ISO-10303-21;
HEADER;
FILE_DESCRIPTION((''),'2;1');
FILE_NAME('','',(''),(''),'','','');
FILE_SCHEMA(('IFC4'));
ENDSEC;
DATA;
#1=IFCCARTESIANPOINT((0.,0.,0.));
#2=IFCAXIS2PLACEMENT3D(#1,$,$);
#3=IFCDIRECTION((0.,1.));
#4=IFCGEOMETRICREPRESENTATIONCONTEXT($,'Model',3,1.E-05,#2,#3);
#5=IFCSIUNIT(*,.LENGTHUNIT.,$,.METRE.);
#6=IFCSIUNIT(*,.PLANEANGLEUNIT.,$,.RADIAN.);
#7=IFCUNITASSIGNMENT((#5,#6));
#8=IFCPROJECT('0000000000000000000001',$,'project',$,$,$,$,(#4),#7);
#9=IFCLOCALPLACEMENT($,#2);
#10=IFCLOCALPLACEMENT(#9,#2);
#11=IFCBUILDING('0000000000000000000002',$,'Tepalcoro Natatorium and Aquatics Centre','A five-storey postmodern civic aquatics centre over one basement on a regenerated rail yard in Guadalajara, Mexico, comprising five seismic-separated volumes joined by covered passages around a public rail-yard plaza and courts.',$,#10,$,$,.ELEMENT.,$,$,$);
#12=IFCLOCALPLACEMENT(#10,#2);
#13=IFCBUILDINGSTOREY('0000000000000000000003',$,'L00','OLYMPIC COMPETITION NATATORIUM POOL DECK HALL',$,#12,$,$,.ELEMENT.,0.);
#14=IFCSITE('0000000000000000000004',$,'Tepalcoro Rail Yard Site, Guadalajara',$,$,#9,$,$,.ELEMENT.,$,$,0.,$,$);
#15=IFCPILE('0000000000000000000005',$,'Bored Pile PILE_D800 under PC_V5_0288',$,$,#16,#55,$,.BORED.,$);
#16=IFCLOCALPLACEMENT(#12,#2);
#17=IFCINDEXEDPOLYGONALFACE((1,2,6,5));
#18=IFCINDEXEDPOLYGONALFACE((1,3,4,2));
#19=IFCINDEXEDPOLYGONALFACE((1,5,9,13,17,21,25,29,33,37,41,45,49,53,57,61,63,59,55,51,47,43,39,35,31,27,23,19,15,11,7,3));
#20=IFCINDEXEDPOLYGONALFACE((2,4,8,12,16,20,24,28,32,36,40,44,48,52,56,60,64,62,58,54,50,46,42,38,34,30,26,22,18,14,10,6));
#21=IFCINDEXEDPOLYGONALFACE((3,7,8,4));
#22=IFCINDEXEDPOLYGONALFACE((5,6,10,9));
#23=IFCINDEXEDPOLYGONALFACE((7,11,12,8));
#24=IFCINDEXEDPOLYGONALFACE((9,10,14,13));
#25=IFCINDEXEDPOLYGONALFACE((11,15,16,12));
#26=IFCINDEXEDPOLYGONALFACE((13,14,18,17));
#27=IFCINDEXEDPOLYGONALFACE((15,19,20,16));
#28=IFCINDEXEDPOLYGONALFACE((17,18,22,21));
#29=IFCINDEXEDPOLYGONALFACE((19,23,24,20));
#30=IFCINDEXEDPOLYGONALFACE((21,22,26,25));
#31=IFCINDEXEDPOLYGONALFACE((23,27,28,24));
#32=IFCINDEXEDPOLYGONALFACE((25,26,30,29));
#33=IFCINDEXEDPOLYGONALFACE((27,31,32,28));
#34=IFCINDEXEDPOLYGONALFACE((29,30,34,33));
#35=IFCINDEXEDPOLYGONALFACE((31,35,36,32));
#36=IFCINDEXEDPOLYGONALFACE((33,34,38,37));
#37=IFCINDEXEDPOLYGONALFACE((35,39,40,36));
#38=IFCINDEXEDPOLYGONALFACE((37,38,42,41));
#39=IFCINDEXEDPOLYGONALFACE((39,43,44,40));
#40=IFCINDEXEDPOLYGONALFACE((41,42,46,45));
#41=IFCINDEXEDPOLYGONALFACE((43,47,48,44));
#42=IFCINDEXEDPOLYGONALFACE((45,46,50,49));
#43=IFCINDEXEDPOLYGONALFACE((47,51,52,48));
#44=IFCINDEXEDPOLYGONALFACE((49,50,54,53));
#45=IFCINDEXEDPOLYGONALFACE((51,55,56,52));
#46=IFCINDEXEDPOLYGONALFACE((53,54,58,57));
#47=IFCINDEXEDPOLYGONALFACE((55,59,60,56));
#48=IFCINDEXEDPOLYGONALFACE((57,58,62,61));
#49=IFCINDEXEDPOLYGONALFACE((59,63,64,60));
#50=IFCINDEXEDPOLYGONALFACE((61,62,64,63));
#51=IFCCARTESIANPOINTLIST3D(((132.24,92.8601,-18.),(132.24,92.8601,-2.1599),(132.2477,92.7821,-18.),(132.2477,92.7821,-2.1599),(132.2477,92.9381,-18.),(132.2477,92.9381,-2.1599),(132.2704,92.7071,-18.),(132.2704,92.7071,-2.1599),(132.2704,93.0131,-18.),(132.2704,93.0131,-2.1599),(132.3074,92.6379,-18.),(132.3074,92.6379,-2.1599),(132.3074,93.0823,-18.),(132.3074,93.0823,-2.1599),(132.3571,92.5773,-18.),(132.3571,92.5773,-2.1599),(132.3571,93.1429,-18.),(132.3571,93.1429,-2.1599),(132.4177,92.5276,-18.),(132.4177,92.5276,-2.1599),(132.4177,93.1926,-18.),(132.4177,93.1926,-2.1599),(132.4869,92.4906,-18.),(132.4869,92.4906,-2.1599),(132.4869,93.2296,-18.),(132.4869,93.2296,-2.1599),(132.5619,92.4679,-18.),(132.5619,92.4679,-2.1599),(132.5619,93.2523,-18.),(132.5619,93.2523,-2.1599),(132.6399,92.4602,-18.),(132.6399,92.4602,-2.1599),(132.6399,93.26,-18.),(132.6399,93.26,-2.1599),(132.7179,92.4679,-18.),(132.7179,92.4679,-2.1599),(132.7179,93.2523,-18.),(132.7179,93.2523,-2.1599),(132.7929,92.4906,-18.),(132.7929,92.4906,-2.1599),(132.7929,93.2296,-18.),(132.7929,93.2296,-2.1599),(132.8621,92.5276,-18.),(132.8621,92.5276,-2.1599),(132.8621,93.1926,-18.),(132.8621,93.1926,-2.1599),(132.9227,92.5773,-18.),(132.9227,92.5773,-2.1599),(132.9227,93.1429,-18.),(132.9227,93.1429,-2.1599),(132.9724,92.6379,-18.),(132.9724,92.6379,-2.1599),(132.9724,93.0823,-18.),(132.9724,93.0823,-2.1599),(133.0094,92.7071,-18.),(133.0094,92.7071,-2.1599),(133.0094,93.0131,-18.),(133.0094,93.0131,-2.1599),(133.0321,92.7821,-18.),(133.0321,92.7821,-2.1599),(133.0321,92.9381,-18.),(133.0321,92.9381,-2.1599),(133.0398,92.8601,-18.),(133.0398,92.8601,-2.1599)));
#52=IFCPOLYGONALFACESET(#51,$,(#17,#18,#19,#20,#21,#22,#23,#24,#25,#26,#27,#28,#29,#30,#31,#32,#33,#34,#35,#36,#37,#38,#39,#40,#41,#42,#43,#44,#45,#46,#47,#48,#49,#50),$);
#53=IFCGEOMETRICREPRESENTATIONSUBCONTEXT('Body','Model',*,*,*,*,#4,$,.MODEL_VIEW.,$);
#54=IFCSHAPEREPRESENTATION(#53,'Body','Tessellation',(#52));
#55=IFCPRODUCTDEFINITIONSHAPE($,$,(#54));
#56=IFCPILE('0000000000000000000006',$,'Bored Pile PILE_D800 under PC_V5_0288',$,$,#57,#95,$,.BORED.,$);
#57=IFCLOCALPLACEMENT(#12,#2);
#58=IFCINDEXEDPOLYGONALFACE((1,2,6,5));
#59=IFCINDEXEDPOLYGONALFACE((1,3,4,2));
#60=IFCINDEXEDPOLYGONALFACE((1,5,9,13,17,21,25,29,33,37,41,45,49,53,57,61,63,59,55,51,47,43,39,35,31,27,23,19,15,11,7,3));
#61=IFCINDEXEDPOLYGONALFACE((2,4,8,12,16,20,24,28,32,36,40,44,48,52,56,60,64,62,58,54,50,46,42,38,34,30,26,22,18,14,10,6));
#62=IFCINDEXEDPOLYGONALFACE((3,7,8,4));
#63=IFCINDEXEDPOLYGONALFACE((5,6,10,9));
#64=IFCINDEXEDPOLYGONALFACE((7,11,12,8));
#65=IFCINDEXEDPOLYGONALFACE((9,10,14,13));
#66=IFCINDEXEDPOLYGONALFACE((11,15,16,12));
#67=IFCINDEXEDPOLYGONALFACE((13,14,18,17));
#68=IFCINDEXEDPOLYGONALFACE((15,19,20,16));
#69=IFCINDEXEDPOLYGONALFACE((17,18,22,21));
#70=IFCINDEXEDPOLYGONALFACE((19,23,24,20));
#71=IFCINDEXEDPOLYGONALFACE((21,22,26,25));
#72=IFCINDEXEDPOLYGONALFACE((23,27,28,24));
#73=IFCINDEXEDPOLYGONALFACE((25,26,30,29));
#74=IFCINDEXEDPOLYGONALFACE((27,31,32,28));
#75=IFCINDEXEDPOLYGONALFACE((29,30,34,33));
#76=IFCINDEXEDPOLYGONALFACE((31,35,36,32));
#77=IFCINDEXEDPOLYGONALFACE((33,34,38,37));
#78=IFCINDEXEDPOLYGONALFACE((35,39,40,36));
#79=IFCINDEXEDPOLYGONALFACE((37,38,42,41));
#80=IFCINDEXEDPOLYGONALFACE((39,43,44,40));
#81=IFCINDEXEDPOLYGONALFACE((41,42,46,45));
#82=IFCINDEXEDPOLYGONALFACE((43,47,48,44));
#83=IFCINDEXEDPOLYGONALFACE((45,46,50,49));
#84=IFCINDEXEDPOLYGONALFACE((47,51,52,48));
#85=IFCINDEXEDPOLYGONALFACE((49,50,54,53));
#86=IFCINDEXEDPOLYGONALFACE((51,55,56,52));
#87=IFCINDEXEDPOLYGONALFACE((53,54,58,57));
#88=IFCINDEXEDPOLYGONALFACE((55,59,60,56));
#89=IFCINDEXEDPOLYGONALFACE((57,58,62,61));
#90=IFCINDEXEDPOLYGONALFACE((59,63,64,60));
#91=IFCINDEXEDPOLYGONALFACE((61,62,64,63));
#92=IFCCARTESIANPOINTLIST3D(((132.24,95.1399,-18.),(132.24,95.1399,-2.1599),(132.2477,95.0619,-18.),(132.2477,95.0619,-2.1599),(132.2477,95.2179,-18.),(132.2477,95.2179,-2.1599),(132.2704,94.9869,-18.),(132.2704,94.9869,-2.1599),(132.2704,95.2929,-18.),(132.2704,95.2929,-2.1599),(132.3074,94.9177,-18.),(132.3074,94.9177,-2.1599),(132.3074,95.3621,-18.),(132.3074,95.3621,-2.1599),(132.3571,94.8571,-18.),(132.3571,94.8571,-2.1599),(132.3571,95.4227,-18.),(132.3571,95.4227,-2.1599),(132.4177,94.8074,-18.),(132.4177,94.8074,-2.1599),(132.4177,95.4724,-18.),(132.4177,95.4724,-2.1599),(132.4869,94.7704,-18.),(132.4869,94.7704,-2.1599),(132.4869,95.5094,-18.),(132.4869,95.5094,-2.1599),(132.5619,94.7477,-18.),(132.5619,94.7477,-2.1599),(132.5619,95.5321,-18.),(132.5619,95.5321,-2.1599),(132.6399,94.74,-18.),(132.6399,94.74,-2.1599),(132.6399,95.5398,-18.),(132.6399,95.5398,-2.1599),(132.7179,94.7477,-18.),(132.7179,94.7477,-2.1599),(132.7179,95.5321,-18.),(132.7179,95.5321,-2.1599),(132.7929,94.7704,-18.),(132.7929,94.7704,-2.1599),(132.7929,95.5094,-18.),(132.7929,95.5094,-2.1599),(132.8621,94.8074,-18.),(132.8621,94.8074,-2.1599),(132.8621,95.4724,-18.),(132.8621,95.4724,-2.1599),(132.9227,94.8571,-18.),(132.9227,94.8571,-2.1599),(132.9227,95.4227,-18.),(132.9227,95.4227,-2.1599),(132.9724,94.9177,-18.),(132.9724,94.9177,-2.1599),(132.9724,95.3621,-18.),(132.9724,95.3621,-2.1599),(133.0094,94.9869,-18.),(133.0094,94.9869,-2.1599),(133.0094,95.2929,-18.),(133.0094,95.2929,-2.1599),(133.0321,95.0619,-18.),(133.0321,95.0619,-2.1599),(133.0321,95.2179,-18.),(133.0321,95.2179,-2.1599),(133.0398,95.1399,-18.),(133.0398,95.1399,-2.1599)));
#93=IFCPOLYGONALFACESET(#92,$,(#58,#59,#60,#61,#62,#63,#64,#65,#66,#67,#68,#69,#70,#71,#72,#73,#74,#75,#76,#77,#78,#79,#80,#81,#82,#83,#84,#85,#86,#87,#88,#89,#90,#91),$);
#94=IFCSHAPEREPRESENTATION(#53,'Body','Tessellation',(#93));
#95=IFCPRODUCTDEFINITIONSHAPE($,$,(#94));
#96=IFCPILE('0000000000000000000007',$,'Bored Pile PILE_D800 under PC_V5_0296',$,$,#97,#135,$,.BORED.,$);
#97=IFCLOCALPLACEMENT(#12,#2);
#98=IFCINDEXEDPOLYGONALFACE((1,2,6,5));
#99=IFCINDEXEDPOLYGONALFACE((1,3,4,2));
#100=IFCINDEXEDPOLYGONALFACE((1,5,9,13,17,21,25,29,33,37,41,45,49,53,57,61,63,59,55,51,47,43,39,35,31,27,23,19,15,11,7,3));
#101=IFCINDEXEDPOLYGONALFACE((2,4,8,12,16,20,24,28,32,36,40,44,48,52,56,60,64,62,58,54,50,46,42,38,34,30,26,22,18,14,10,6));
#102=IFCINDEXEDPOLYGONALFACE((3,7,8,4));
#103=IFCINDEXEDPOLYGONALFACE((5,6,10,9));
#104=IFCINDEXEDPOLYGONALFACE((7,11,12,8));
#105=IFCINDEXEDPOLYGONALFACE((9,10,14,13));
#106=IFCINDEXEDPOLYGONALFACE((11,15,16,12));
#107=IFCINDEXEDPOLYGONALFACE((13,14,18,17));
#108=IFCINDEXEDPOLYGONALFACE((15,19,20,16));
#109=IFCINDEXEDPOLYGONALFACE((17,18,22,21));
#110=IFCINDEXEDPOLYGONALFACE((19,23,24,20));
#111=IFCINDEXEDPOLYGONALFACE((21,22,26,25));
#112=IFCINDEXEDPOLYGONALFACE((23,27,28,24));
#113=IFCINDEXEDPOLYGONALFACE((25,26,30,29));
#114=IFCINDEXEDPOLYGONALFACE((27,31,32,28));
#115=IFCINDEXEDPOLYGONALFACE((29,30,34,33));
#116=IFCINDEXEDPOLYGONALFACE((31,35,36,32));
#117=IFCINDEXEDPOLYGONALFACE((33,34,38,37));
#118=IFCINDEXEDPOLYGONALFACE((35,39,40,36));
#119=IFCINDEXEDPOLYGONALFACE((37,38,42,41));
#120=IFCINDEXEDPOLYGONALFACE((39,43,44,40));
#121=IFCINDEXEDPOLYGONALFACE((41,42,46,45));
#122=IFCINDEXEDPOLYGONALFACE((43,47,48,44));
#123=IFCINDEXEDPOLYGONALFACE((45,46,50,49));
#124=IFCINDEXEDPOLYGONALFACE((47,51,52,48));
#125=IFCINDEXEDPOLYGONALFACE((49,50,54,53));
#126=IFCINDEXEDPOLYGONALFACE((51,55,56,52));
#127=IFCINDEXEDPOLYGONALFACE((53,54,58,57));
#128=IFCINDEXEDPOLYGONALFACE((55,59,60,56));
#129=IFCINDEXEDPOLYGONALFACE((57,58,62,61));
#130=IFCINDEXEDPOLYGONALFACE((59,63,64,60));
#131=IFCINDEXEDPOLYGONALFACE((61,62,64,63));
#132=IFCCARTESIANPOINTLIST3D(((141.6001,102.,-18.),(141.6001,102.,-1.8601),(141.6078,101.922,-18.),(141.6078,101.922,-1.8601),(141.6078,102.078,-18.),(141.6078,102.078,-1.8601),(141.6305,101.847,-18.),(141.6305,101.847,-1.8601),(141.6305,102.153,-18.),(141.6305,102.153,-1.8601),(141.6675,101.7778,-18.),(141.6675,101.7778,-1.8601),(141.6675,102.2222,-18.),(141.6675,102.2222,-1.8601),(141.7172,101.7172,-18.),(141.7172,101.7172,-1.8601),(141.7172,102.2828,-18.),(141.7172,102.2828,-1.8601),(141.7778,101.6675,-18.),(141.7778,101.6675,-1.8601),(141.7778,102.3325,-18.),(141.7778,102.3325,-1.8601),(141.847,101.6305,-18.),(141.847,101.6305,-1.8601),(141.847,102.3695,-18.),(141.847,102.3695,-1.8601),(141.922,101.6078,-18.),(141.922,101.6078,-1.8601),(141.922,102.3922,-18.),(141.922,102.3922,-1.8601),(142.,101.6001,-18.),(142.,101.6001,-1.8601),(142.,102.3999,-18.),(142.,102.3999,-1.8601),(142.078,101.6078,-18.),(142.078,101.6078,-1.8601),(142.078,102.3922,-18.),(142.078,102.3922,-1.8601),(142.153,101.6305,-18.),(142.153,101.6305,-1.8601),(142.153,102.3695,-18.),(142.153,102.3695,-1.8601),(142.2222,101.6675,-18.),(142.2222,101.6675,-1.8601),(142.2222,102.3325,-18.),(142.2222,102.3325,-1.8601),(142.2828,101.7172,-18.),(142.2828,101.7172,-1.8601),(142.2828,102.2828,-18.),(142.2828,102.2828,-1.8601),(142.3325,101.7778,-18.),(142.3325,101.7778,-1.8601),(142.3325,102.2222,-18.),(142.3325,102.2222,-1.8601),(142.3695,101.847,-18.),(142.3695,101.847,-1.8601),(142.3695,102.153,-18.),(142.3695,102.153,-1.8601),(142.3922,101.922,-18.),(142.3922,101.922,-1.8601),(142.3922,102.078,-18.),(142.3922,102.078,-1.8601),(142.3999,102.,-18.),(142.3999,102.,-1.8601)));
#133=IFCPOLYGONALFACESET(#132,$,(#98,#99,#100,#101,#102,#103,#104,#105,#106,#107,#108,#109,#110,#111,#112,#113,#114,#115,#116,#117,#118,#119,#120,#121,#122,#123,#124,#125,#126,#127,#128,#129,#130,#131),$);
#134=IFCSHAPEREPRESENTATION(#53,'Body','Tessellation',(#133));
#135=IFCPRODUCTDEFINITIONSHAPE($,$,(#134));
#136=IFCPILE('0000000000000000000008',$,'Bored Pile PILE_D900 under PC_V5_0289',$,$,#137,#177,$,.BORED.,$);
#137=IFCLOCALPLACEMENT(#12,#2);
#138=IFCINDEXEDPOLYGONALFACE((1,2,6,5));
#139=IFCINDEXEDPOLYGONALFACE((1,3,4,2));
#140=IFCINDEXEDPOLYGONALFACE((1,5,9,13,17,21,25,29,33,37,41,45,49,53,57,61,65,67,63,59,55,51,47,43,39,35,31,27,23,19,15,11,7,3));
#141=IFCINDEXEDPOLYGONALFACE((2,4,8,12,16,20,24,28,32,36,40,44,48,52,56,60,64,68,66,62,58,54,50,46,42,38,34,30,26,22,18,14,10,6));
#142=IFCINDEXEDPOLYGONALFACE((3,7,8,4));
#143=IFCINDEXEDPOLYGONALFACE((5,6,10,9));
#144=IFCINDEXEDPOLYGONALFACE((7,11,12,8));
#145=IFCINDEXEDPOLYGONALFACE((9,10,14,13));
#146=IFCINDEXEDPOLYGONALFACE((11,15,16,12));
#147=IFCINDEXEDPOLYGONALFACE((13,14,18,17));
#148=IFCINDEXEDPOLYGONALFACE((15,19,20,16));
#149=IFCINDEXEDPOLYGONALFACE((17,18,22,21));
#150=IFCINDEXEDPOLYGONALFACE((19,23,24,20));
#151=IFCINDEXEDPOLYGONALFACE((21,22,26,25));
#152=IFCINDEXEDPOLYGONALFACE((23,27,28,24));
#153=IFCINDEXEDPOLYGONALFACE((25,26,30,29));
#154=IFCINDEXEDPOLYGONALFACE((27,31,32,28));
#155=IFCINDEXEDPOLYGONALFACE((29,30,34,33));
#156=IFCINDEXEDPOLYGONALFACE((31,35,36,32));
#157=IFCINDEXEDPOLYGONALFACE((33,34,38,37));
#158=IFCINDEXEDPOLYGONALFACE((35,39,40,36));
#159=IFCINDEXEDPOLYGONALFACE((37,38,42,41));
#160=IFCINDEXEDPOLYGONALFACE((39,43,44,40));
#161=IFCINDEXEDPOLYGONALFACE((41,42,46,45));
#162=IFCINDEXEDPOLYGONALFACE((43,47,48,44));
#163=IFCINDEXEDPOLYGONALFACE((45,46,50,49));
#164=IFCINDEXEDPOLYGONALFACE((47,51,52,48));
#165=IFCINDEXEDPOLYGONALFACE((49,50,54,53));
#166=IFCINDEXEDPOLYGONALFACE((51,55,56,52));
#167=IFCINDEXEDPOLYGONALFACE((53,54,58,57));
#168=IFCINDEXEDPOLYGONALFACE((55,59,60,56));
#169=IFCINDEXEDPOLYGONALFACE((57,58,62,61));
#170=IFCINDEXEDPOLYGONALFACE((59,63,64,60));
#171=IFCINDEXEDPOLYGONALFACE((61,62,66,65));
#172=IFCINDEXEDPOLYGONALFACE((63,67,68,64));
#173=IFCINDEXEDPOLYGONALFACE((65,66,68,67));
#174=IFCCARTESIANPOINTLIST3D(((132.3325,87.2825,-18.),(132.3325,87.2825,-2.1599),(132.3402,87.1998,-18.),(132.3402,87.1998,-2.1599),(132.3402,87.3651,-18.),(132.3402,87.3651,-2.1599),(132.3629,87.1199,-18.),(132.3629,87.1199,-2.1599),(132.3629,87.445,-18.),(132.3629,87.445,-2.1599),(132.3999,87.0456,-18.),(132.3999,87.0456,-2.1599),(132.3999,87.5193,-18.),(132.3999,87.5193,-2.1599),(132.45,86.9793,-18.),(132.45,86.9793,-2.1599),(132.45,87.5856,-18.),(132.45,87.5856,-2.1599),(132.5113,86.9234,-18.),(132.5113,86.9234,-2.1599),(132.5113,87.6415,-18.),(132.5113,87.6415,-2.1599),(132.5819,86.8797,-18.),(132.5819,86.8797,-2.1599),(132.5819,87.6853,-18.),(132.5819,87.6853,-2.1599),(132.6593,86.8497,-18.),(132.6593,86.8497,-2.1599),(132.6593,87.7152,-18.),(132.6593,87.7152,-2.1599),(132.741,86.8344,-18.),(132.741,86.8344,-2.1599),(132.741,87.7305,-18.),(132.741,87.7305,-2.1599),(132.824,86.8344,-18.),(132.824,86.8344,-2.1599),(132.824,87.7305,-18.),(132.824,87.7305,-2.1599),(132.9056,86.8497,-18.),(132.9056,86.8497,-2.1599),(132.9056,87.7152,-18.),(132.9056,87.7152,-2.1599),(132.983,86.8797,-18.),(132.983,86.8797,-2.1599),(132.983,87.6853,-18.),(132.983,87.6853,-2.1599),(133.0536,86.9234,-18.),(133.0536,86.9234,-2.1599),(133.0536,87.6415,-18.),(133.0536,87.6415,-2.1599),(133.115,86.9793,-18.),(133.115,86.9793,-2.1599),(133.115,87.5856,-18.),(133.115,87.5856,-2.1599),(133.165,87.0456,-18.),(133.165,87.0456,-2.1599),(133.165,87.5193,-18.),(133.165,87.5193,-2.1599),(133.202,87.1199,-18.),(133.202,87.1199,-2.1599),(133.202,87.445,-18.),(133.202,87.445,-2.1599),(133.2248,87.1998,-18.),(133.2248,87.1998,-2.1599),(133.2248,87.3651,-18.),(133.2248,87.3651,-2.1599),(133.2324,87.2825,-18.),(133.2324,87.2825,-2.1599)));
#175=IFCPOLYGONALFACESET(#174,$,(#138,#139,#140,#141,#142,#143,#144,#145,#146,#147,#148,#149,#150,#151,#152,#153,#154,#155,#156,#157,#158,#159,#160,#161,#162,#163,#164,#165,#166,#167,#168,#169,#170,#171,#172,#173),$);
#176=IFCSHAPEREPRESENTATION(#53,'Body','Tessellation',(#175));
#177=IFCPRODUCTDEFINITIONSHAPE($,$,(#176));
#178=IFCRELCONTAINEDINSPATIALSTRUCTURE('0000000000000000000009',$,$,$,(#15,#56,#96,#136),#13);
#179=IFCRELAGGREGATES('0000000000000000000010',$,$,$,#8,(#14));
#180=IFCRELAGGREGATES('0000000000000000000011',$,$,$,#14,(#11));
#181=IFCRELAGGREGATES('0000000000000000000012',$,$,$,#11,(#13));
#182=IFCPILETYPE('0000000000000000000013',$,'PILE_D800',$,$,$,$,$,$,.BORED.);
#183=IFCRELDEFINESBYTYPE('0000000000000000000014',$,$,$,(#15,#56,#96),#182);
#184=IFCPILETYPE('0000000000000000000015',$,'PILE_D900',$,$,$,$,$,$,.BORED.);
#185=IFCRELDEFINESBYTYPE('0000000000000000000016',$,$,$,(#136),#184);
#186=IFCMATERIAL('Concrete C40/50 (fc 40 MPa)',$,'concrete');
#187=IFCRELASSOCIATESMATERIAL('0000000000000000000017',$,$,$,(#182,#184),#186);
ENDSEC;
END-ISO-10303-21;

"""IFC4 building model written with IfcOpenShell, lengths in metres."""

from ifc_helpers import new_model, si_unit, direction, frame, origin, origin_2d, place, context, subcontext, project, spatial, circle, extrude, material, material_profile, profile_set, type_object, element, save


model = new_model("IFC4")

# Units and contexts
model_context = context("Model", 3, precision=1e-05, world=origin(), true_north=direction((0.0, 1.0)))
body_context = subcontext(model_context, "Body", "Model", "MODEL_VIEW")
ifc_project = project(units=[si_unit("LENGTHUNIT", "METRE"), si_unit("PLANEANGLEUNIT", "RADIAN")], contexts=[model_context])

# Site, building, storey
site_placement = place(None, origin())
site = spatial("IfcSite", under=ifc_project, at=site_placement, Name="Tepalcoro Rail Yard Site, Guadalajara", CompositionType="ELEMENT", RefElevation=0.0)
building_placement = place(site_placement, origin())
building = spatial("IfcBuilding", under=site, at=building_placement, Name="Tepalcoro Natatorium and Aquatics Centre", Description="A five-storey postmodern civic aquatics centre over one basement on a regenerated rail yard in Guadalajara, Mexico, comprising five seismic-separated volumes joined by covered passages around a public rail-yard plaza and courts.", CompositionType="ELEMENT")
storey_placement = place(building_placement, origin())
storey = spatial("IfcBuildingStorey", under=building, at=storey_placement, Name="L00", Description="OLYMPIC COMPETITION NATATORIUM POOL DECK HALL", CompositionType="ELEMENT", Elevation=0.0)

# Piles
ifc_material_1 = material(Name="Concrete C40/50 (fc 40 MPa)", Category="concrete")
ifc_material_profile_1 = material_profile(ifc_material_1, circle(Radius=0.3999, at=origin_2d()), Name="PILE_D800")
ifc_profile_set_1 = profile_set([ifc_material_profile_1], Name="Concrete C40/50 (fc 40 MPa)")
pile_type_1 = type_object("IfcPileType", Name="PILE_D800", PredefinedType="BORED", material=ifc_profile_set_1)
for number, where, z_axis, x_axis, name in (
    (1, (132.6399, 92.8601, -2.1599), (0.0, 0.0, -1.0), (1.0, 0.0, 0.0), "Bored Pile PILE_D800 under PC_V5_0288"),
    (2, (132.6399, 95.1399, -2.1599), (0.0, 0.0, -1.0), (1.0, 0.0, 0.0), "Bored Pile PILE_D800 under PC_V5_0288"),
):
    element("IfcPile", number, at=place(storey_placement, frame(where, z_axis=z_axis, x_axis=x_axis)), inside=storey, type_object=pile_type_1, Name=name, PredefinedType="BORED", context=body_context, shape_type="SweptSolid", body=[
        extrude(circle(Radius=0.3999, at=origin_2d()), origin(), (0.0, 0.0, 1.0), 15.8401),
    ])
pile_1_placement = place(storey_placement, frame((142.0, 102.0, -1.8601), z_axis=(0.0, 0.0, -1.0), x_axis=(1.0, 0.0, 0.0)))
element("IfcPile", 3, at=pile_1_placement, inside=storey, type_object=pile_type_1, Name="Bored Pile PILE_D800 under PC_V5_0296", PredefinedType="BORED", context=body_context, shape_type="SweptSolid", body=[
    extrude(circle(Radius=0.3999, at=origin_2d()), origin(), (0.0, 0.0, 1.0), 16.1399),
])
ifc_material_profile_2 = material_profile(ifc_material_1, circle(Radius=0.45, at=origin_2d()), Name="PILE_D900")
ifc_profile_set_2 = profile_set([ifc_material_profile_2], Name="Concrete C40/50 (fc 40 MPa)")
pile_type_2 = type_object("IfcPileType", Name="PILE_D900", PredefinedType="BORED", material=ifc_profile_set_2)
pile_2_placement = place(storey_placement, frame((132.7825, 87.2825, -2.1599), z_axis=(0.0, 0.0, -1.0), x_axis=(1.0, 0.0, 0.0)))
element("IfcPile", 4, at=pile_2_placement, inside=storey, type_object=pile_type_2, Name="Bored Pile PILE_D900 under PC_V5_0289", PredefinedType="BORED", context=body_context, shape_type="SweptSolid", body=[
    extrude(circle(Radius=0.45, at=origin_2d()), origin(), (0.0, 0.0, 1.0), 15.8401),
])

save(model, "model.ifc")
